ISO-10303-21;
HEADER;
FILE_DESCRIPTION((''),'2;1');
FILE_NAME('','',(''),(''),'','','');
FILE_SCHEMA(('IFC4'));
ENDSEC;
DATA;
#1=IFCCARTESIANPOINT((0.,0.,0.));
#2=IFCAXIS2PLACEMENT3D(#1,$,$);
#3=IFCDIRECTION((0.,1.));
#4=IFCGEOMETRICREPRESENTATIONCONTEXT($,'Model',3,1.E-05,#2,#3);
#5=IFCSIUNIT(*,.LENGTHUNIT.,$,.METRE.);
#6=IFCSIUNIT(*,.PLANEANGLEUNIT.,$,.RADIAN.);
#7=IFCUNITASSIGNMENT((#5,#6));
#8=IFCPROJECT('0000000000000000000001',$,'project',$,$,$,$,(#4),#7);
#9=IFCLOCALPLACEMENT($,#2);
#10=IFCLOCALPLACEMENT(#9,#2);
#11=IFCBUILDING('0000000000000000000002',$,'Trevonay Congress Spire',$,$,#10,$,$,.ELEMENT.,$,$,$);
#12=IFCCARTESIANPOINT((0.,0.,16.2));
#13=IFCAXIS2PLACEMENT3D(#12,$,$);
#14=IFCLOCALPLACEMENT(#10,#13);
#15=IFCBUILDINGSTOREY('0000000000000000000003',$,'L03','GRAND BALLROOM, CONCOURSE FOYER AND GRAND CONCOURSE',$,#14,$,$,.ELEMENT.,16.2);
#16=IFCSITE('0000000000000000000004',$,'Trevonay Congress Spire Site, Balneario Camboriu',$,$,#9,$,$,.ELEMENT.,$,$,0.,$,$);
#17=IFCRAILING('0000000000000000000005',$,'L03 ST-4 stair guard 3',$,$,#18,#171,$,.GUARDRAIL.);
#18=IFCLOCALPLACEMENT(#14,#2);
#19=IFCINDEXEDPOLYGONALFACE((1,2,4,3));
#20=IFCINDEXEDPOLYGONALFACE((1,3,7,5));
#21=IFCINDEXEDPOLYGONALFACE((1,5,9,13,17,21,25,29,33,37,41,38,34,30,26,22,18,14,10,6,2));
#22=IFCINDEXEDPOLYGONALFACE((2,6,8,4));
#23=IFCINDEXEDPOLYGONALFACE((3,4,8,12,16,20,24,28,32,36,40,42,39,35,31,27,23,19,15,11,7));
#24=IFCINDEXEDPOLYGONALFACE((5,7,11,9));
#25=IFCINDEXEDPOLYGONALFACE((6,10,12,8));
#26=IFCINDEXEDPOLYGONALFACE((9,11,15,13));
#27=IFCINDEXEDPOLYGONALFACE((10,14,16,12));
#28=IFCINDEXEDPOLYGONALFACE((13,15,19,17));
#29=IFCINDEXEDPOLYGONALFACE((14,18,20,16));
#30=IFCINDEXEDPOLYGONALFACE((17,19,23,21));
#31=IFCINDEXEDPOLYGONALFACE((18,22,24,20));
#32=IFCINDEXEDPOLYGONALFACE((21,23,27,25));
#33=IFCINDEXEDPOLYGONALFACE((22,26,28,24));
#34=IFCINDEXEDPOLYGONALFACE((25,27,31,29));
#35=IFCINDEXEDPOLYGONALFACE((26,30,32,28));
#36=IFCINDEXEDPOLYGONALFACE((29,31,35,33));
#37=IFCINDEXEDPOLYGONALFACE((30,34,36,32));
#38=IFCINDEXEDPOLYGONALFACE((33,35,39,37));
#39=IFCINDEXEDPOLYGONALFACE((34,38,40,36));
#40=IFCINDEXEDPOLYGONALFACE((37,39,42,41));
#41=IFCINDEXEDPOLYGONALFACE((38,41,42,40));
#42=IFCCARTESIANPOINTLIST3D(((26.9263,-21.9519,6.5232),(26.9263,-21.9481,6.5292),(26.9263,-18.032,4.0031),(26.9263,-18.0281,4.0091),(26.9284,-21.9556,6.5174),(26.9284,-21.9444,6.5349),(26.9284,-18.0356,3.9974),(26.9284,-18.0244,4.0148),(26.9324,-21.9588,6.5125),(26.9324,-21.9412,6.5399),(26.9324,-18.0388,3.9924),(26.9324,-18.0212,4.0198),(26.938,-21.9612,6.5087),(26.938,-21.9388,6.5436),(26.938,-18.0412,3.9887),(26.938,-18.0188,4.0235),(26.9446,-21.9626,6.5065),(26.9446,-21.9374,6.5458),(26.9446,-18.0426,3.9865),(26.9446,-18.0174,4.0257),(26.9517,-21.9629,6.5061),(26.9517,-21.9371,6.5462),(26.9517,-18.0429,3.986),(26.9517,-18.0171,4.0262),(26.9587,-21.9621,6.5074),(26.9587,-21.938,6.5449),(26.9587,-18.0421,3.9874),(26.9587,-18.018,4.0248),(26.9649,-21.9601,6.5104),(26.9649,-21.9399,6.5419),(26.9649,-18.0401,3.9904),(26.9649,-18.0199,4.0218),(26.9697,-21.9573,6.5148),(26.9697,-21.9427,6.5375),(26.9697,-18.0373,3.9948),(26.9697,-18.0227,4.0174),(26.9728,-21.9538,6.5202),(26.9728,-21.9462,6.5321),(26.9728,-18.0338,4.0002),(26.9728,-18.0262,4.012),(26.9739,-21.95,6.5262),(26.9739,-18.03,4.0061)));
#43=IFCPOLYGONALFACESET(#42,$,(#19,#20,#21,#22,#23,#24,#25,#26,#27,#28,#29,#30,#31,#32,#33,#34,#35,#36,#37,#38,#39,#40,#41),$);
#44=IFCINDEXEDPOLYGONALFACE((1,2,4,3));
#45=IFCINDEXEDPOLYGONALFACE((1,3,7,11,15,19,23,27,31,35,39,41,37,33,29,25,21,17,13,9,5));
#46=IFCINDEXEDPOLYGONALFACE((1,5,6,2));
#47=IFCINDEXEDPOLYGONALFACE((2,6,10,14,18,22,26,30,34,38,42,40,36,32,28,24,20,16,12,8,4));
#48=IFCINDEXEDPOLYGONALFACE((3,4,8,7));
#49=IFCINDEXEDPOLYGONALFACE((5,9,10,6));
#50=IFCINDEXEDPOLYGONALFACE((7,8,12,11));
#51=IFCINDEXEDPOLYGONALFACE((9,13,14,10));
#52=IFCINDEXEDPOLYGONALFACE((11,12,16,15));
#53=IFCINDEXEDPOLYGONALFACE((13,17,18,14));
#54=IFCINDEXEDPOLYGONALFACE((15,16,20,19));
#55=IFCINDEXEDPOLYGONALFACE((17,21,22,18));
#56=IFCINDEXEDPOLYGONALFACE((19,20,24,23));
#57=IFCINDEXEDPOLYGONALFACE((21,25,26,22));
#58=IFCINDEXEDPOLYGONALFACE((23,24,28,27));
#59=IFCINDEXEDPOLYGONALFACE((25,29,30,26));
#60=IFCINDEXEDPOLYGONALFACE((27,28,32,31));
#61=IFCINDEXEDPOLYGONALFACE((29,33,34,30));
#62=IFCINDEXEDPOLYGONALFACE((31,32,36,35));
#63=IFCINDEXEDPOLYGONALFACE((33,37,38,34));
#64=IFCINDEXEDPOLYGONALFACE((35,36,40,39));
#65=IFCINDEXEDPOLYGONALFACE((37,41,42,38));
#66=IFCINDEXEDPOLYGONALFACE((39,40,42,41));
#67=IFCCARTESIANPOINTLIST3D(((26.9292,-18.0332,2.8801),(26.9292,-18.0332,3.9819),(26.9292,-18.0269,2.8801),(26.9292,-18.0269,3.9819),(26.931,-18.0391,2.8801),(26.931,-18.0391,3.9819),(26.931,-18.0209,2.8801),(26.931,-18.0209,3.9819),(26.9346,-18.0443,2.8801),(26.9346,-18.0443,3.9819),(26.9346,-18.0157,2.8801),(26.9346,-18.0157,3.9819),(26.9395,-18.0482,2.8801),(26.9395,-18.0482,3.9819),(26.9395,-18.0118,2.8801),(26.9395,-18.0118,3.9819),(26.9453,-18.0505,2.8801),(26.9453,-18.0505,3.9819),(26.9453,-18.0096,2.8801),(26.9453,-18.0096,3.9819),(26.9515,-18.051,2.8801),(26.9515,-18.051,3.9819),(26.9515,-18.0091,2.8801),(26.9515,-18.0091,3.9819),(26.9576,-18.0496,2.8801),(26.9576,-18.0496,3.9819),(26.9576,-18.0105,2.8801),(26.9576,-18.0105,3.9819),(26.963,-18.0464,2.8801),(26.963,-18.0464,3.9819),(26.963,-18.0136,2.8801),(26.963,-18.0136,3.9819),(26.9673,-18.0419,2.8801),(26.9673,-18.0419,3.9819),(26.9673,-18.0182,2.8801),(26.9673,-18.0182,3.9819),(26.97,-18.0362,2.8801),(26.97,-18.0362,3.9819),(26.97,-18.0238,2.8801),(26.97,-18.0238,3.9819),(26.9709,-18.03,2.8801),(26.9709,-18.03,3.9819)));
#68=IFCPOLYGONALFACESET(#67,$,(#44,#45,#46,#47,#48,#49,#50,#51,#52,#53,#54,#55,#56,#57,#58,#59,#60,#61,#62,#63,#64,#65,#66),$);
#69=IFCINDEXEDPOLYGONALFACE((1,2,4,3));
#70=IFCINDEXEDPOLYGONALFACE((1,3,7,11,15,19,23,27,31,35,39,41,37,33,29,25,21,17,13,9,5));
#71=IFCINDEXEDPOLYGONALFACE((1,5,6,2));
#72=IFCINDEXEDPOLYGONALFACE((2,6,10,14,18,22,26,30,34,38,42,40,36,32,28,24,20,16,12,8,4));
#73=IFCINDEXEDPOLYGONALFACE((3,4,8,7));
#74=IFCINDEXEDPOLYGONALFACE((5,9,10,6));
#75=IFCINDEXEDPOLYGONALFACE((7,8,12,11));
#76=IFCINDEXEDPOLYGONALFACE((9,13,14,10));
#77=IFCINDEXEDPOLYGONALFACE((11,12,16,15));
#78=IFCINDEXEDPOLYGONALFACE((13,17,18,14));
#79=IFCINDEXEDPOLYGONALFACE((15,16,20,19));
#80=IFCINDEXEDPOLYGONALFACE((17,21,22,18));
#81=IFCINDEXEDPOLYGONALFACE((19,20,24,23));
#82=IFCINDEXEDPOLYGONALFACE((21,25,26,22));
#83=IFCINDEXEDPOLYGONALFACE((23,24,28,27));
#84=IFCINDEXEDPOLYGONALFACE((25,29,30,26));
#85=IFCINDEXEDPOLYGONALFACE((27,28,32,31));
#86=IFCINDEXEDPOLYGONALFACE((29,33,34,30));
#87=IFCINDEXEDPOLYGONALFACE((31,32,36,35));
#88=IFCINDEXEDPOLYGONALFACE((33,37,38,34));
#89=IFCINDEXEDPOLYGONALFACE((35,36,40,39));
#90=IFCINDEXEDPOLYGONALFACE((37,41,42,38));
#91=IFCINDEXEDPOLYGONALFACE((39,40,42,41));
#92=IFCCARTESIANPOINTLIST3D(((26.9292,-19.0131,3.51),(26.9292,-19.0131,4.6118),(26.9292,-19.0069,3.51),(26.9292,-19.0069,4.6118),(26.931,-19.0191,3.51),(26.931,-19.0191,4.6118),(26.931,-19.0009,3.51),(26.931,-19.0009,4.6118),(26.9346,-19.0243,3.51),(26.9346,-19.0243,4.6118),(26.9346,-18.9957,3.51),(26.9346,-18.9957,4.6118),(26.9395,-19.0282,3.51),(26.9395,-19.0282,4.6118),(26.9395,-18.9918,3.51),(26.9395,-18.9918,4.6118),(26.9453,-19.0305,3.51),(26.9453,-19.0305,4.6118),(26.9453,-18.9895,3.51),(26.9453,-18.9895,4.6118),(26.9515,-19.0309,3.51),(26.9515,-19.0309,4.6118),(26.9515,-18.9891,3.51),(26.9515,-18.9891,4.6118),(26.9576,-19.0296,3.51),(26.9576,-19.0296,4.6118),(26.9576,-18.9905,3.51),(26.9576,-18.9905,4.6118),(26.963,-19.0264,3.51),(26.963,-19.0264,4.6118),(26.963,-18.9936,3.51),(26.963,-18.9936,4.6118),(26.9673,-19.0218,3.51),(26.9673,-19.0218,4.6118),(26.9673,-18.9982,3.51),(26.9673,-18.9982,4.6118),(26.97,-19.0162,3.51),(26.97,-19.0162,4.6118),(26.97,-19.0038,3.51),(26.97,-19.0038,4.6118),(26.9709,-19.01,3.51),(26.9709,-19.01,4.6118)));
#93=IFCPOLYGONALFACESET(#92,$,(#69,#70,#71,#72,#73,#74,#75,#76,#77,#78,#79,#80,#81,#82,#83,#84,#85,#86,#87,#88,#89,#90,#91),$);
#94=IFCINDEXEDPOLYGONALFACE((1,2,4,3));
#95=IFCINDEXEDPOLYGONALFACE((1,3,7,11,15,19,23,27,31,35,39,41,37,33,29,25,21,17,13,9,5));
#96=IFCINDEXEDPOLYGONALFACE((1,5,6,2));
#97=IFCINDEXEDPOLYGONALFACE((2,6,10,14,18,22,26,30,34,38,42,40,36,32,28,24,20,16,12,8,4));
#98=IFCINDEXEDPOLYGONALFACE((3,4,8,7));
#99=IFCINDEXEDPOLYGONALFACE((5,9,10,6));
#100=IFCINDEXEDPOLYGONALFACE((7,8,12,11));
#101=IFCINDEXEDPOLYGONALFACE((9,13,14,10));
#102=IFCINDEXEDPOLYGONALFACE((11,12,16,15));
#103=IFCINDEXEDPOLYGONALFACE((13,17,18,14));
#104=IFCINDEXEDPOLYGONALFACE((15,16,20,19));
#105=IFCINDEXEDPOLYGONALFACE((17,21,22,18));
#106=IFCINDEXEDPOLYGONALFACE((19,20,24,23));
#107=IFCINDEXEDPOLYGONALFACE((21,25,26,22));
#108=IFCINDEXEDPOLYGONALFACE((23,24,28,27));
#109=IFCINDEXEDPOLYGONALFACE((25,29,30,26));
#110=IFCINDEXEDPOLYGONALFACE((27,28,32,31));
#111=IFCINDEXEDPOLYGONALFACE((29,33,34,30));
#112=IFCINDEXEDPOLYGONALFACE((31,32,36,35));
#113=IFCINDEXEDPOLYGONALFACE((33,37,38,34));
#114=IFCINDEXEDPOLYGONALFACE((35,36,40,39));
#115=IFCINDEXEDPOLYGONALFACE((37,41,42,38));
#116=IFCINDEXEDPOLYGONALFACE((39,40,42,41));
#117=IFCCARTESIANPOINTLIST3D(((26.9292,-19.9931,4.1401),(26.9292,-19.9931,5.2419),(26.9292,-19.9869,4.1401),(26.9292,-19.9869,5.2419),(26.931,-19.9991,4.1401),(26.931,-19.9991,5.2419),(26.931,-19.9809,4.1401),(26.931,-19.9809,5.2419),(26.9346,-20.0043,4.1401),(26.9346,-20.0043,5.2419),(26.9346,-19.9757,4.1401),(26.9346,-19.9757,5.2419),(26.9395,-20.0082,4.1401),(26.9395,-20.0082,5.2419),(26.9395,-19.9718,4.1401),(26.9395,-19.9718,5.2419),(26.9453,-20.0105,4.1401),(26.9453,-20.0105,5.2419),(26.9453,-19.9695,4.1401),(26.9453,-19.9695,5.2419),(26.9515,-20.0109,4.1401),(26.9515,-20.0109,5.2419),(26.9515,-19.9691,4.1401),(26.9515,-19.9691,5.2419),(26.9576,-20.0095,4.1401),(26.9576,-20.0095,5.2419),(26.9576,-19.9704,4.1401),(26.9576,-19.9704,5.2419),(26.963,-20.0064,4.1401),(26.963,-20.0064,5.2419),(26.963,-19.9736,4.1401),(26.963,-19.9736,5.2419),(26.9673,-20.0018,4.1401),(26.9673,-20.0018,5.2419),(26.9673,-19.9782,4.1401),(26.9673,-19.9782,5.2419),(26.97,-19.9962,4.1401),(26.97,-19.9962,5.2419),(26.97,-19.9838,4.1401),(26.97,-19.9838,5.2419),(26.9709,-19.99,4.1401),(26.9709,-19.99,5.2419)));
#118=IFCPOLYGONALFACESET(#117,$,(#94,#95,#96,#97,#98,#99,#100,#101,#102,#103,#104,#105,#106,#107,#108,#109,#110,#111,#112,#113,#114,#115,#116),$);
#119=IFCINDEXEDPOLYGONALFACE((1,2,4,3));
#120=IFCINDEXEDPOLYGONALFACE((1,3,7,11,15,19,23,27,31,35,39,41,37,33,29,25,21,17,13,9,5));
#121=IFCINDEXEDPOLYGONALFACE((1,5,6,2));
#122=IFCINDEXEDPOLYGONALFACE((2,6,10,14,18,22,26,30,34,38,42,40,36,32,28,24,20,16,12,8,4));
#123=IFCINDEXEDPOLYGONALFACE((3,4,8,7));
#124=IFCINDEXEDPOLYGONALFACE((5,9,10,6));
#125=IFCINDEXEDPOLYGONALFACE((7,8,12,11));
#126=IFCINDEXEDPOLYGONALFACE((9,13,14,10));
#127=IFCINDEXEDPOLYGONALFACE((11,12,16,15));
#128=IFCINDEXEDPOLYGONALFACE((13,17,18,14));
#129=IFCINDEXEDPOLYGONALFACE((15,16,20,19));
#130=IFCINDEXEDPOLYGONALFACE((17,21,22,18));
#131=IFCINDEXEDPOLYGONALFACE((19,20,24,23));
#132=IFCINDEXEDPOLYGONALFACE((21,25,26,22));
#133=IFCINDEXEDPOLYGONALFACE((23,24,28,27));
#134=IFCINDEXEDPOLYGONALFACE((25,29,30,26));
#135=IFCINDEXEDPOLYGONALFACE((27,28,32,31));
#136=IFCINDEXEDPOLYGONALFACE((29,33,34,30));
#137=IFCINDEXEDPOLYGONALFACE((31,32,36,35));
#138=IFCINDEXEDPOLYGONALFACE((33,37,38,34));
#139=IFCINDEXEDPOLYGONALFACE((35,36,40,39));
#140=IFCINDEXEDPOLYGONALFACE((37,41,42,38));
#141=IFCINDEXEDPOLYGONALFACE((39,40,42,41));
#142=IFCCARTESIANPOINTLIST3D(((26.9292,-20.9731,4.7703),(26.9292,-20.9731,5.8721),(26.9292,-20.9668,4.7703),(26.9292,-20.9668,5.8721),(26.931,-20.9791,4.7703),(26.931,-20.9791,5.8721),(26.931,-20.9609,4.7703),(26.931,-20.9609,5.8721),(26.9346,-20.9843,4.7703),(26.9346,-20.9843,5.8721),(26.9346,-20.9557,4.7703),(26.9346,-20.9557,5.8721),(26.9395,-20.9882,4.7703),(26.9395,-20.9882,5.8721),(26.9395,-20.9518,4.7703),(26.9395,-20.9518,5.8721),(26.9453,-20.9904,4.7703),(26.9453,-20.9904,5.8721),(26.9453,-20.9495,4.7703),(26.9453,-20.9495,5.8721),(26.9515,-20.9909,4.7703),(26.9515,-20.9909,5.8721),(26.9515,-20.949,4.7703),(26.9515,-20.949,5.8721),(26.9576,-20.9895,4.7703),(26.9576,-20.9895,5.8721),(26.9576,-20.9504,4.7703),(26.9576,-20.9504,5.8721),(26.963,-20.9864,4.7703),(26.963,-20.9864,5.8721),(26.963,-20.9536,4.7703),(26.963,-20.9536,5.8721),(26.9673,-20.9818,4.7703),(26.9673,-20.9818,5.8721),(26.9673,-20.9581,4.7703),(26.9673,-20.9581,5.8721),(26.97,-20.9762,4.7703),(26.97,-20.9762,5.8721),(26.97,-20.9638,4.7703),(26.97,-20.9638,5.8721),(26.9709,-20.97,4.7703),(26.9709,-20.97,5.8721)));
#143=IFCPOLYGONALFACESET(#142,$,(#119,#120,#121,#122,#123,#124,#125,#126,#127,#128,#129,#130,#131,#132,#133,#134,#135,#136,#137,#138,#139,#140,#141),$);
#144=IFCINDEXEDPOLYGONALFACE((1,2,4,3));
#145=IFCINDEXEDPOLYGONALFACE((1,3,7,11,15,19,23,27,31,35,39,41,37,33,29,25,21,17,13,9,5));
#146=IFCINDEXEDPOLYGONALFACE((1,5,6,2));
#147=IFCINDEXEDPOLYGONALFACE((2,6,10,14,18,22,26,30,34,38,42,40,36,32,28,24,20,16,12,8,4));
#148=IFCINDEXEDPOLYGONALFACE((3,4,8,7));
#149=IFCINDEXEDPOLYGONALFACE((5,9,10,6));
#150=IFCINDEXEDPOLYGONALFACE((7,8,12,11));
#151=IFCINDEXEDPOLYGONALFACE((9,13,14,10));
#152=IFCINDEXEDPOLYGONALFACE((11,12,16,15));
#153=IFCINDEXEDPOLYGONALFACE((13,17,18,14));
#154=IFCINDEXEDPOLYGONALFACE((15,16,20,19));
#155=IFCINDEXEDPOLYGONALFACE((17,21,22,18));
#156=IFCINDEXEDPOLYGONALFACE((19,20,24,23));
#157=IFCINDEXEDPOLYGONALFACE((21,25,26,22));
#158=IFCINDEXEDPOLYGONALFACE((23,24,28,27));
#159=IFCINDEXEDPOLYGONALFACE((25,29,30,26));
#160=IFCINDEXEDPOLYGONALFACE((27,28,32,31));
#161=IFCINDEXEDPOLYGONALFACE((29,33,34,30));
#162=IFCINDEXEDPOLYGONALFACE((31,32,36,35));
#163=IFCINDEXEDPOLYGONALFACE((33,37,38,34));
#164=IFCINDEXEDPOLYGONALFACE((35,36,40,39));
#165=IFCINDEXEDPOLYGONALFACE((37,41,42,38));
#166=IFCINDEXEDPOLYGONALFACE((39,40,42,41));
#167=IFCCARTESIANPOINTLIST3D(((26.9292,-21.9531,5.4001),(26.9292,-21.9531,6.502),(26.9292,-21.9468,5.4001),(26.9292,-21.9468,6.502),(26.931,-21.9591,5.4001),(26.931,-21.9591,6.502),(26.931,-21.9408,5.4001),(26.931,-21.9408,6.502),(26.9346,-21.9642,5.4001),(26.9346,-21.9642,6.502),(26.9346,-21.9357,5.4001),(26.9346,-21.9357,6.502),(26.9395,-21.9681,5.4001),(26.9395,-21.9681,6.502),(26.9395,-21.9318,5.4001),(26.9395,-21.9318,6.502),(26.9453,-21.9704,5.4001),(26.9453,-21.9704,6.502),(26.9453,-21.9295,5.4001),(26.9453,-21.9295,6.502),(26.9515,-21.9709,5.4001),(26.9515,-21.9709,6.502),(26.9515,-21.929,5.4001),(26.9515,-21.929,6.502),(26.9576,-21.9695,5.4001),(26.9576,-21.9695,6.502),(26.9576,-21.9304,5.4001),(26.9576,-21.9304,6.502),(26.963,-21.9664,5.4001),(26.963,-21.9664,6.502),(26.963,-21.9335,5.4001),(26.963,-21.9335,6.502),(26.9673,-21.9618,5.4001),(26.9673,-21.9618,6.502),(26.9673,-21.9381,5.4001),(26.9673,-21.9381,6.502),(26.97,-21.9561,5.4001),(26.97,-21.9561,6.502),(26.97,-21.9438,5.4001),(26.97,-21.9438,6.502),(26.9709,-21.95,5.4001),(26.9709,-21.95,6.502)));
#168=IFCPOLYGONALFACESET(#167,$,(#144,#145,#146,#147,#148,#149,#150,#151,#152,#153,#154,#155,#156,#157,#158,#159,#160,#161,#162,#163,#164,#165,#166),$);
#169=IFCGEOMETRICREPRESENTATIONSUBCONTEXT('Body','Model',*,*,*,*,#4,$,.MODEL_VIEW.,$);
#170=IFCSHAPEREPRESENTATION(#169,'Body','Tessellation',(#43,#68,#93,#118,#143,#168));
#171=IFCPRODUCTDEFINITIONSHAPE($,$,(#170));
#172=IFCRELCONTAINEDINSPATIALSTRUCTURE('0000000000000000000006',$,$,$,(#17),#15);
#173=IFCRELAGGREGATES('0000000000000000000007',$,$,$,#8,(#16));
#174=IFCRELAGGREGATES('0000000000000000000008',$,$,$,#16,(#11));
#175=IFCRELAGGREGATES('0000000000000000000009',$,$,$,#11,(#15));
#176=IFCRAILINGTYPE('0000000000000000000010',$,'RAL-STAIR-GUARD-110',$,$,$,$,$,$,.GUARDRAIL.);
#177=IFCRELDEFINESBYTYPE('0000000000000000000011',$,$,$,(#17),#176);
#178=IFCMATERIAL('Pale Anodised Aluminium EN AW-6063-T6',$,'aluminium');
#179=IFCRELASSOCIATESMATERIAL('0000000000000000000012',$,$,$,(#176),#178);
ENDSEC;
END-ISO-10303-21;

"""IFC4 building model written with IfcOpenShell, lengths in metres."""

from ifc_helpers import new_model, si_unit, direction, frame, origin, origin_2d, place, context, subcontext, project, spatial, circle, extrude, material, type_object, element, save


model = new_model("IFC4")

# Units and contexts
model_context = context("Model", 3, precision=1e-05, world=origin(), true_north=direction((0.0, 1.0)))
body_context = subcontext(model_context, "Body", "Model", "MODEL_VIEW")
ifc_project = project(units=[si_unit("LENGTHUNIT", "METRE"), si_unit("PLANEANGLEUNIT", "RADIAN")], contexts=[model_context])

# Site, building, storey
site_placement = place(None, origin())
site = spatial("IfcSite", under=ifc_project, at=site_placement, Name="Trevonay Congress Spire Site, Balneario Camboriu", CompositionType="ELEMENT", RefElevation=0.0)
building_placement = place(site_placement, origin())
building = spatial("IfcBuilding", under=site, at=building_placement, Name="Trevonay Congress Spire", CompositionType="ELEMENT")
storey_placement = place(building_placement, frame((0.0, 0.0, 16.2)))
storey = spatial("IfcBuildingStorey", under=building, at=storey_placement, Name="L03", Description="GRAND BALLROOM, CONCOURSE FOYER AND GRAND CONCOURSE", CompositionType="ELEMENT", Elevation=16.2)

# Shared definitions
ifc_material_1 = material(Name="Pale Anodised Aluminium EN AW-6063-T6", Category="aluminium")

# Railing
railing_type_1 = type_object("IfcRailingType", Name="RAL-STAIR-GUARD-110", PredefinedType="GUARDRAIL", material=ifc_material_1)
railing_1_placement = place(storey_placement, frame((26.95, -18.03, 2.8801)))
element("IfcRailing", 1, at=railing_1_placement, inside=storey, type_object=railing_type_1, Name="L03 ST-4 stair guard 3", PredefinedType="GUARDRAIL", context=body_context, shape_type="SweptSolid", body=[
    extrude(circle(Radius=0.0239, at=origin_2d()), frame((0.0, 0.0, 1.126), z_axis=(0.0, -0.841172, 0.540768), x_axis=(1.0, 0.0, 0.0)), (0.0, 0.0, 1.0), 4.6602),
    extrude(circle(Radius=0.021, at=origin_2d()), origin(), (0.0, 0.0, 1.0), 1.1018),
    extrude(circle(Radius=0.021, at=origin_2d()), frame((0.0, -0.98, 0.6299)), (0.0, 0.0, 1.0), 1.1018),
    extrude(circle(Radius=0.021, at=origin_2d()), frame((0.0, -1.96, 1.26)), (0.0, 0.0, 1.0), 1.1018),
    extrude(circle(Radius=0.021, at=origin_2d()), frame((0.0, -2.9399, 1.8901)), (0.0, 0.0, 1.0), 1.1018),
    extrude(circle(Radius=0.021, at=origin_2d()), frame((0.0, -3.9199, 2.52)), (0.0, 0.0, 1.0), 1.1018),
])

save(model, "model.ifc")
